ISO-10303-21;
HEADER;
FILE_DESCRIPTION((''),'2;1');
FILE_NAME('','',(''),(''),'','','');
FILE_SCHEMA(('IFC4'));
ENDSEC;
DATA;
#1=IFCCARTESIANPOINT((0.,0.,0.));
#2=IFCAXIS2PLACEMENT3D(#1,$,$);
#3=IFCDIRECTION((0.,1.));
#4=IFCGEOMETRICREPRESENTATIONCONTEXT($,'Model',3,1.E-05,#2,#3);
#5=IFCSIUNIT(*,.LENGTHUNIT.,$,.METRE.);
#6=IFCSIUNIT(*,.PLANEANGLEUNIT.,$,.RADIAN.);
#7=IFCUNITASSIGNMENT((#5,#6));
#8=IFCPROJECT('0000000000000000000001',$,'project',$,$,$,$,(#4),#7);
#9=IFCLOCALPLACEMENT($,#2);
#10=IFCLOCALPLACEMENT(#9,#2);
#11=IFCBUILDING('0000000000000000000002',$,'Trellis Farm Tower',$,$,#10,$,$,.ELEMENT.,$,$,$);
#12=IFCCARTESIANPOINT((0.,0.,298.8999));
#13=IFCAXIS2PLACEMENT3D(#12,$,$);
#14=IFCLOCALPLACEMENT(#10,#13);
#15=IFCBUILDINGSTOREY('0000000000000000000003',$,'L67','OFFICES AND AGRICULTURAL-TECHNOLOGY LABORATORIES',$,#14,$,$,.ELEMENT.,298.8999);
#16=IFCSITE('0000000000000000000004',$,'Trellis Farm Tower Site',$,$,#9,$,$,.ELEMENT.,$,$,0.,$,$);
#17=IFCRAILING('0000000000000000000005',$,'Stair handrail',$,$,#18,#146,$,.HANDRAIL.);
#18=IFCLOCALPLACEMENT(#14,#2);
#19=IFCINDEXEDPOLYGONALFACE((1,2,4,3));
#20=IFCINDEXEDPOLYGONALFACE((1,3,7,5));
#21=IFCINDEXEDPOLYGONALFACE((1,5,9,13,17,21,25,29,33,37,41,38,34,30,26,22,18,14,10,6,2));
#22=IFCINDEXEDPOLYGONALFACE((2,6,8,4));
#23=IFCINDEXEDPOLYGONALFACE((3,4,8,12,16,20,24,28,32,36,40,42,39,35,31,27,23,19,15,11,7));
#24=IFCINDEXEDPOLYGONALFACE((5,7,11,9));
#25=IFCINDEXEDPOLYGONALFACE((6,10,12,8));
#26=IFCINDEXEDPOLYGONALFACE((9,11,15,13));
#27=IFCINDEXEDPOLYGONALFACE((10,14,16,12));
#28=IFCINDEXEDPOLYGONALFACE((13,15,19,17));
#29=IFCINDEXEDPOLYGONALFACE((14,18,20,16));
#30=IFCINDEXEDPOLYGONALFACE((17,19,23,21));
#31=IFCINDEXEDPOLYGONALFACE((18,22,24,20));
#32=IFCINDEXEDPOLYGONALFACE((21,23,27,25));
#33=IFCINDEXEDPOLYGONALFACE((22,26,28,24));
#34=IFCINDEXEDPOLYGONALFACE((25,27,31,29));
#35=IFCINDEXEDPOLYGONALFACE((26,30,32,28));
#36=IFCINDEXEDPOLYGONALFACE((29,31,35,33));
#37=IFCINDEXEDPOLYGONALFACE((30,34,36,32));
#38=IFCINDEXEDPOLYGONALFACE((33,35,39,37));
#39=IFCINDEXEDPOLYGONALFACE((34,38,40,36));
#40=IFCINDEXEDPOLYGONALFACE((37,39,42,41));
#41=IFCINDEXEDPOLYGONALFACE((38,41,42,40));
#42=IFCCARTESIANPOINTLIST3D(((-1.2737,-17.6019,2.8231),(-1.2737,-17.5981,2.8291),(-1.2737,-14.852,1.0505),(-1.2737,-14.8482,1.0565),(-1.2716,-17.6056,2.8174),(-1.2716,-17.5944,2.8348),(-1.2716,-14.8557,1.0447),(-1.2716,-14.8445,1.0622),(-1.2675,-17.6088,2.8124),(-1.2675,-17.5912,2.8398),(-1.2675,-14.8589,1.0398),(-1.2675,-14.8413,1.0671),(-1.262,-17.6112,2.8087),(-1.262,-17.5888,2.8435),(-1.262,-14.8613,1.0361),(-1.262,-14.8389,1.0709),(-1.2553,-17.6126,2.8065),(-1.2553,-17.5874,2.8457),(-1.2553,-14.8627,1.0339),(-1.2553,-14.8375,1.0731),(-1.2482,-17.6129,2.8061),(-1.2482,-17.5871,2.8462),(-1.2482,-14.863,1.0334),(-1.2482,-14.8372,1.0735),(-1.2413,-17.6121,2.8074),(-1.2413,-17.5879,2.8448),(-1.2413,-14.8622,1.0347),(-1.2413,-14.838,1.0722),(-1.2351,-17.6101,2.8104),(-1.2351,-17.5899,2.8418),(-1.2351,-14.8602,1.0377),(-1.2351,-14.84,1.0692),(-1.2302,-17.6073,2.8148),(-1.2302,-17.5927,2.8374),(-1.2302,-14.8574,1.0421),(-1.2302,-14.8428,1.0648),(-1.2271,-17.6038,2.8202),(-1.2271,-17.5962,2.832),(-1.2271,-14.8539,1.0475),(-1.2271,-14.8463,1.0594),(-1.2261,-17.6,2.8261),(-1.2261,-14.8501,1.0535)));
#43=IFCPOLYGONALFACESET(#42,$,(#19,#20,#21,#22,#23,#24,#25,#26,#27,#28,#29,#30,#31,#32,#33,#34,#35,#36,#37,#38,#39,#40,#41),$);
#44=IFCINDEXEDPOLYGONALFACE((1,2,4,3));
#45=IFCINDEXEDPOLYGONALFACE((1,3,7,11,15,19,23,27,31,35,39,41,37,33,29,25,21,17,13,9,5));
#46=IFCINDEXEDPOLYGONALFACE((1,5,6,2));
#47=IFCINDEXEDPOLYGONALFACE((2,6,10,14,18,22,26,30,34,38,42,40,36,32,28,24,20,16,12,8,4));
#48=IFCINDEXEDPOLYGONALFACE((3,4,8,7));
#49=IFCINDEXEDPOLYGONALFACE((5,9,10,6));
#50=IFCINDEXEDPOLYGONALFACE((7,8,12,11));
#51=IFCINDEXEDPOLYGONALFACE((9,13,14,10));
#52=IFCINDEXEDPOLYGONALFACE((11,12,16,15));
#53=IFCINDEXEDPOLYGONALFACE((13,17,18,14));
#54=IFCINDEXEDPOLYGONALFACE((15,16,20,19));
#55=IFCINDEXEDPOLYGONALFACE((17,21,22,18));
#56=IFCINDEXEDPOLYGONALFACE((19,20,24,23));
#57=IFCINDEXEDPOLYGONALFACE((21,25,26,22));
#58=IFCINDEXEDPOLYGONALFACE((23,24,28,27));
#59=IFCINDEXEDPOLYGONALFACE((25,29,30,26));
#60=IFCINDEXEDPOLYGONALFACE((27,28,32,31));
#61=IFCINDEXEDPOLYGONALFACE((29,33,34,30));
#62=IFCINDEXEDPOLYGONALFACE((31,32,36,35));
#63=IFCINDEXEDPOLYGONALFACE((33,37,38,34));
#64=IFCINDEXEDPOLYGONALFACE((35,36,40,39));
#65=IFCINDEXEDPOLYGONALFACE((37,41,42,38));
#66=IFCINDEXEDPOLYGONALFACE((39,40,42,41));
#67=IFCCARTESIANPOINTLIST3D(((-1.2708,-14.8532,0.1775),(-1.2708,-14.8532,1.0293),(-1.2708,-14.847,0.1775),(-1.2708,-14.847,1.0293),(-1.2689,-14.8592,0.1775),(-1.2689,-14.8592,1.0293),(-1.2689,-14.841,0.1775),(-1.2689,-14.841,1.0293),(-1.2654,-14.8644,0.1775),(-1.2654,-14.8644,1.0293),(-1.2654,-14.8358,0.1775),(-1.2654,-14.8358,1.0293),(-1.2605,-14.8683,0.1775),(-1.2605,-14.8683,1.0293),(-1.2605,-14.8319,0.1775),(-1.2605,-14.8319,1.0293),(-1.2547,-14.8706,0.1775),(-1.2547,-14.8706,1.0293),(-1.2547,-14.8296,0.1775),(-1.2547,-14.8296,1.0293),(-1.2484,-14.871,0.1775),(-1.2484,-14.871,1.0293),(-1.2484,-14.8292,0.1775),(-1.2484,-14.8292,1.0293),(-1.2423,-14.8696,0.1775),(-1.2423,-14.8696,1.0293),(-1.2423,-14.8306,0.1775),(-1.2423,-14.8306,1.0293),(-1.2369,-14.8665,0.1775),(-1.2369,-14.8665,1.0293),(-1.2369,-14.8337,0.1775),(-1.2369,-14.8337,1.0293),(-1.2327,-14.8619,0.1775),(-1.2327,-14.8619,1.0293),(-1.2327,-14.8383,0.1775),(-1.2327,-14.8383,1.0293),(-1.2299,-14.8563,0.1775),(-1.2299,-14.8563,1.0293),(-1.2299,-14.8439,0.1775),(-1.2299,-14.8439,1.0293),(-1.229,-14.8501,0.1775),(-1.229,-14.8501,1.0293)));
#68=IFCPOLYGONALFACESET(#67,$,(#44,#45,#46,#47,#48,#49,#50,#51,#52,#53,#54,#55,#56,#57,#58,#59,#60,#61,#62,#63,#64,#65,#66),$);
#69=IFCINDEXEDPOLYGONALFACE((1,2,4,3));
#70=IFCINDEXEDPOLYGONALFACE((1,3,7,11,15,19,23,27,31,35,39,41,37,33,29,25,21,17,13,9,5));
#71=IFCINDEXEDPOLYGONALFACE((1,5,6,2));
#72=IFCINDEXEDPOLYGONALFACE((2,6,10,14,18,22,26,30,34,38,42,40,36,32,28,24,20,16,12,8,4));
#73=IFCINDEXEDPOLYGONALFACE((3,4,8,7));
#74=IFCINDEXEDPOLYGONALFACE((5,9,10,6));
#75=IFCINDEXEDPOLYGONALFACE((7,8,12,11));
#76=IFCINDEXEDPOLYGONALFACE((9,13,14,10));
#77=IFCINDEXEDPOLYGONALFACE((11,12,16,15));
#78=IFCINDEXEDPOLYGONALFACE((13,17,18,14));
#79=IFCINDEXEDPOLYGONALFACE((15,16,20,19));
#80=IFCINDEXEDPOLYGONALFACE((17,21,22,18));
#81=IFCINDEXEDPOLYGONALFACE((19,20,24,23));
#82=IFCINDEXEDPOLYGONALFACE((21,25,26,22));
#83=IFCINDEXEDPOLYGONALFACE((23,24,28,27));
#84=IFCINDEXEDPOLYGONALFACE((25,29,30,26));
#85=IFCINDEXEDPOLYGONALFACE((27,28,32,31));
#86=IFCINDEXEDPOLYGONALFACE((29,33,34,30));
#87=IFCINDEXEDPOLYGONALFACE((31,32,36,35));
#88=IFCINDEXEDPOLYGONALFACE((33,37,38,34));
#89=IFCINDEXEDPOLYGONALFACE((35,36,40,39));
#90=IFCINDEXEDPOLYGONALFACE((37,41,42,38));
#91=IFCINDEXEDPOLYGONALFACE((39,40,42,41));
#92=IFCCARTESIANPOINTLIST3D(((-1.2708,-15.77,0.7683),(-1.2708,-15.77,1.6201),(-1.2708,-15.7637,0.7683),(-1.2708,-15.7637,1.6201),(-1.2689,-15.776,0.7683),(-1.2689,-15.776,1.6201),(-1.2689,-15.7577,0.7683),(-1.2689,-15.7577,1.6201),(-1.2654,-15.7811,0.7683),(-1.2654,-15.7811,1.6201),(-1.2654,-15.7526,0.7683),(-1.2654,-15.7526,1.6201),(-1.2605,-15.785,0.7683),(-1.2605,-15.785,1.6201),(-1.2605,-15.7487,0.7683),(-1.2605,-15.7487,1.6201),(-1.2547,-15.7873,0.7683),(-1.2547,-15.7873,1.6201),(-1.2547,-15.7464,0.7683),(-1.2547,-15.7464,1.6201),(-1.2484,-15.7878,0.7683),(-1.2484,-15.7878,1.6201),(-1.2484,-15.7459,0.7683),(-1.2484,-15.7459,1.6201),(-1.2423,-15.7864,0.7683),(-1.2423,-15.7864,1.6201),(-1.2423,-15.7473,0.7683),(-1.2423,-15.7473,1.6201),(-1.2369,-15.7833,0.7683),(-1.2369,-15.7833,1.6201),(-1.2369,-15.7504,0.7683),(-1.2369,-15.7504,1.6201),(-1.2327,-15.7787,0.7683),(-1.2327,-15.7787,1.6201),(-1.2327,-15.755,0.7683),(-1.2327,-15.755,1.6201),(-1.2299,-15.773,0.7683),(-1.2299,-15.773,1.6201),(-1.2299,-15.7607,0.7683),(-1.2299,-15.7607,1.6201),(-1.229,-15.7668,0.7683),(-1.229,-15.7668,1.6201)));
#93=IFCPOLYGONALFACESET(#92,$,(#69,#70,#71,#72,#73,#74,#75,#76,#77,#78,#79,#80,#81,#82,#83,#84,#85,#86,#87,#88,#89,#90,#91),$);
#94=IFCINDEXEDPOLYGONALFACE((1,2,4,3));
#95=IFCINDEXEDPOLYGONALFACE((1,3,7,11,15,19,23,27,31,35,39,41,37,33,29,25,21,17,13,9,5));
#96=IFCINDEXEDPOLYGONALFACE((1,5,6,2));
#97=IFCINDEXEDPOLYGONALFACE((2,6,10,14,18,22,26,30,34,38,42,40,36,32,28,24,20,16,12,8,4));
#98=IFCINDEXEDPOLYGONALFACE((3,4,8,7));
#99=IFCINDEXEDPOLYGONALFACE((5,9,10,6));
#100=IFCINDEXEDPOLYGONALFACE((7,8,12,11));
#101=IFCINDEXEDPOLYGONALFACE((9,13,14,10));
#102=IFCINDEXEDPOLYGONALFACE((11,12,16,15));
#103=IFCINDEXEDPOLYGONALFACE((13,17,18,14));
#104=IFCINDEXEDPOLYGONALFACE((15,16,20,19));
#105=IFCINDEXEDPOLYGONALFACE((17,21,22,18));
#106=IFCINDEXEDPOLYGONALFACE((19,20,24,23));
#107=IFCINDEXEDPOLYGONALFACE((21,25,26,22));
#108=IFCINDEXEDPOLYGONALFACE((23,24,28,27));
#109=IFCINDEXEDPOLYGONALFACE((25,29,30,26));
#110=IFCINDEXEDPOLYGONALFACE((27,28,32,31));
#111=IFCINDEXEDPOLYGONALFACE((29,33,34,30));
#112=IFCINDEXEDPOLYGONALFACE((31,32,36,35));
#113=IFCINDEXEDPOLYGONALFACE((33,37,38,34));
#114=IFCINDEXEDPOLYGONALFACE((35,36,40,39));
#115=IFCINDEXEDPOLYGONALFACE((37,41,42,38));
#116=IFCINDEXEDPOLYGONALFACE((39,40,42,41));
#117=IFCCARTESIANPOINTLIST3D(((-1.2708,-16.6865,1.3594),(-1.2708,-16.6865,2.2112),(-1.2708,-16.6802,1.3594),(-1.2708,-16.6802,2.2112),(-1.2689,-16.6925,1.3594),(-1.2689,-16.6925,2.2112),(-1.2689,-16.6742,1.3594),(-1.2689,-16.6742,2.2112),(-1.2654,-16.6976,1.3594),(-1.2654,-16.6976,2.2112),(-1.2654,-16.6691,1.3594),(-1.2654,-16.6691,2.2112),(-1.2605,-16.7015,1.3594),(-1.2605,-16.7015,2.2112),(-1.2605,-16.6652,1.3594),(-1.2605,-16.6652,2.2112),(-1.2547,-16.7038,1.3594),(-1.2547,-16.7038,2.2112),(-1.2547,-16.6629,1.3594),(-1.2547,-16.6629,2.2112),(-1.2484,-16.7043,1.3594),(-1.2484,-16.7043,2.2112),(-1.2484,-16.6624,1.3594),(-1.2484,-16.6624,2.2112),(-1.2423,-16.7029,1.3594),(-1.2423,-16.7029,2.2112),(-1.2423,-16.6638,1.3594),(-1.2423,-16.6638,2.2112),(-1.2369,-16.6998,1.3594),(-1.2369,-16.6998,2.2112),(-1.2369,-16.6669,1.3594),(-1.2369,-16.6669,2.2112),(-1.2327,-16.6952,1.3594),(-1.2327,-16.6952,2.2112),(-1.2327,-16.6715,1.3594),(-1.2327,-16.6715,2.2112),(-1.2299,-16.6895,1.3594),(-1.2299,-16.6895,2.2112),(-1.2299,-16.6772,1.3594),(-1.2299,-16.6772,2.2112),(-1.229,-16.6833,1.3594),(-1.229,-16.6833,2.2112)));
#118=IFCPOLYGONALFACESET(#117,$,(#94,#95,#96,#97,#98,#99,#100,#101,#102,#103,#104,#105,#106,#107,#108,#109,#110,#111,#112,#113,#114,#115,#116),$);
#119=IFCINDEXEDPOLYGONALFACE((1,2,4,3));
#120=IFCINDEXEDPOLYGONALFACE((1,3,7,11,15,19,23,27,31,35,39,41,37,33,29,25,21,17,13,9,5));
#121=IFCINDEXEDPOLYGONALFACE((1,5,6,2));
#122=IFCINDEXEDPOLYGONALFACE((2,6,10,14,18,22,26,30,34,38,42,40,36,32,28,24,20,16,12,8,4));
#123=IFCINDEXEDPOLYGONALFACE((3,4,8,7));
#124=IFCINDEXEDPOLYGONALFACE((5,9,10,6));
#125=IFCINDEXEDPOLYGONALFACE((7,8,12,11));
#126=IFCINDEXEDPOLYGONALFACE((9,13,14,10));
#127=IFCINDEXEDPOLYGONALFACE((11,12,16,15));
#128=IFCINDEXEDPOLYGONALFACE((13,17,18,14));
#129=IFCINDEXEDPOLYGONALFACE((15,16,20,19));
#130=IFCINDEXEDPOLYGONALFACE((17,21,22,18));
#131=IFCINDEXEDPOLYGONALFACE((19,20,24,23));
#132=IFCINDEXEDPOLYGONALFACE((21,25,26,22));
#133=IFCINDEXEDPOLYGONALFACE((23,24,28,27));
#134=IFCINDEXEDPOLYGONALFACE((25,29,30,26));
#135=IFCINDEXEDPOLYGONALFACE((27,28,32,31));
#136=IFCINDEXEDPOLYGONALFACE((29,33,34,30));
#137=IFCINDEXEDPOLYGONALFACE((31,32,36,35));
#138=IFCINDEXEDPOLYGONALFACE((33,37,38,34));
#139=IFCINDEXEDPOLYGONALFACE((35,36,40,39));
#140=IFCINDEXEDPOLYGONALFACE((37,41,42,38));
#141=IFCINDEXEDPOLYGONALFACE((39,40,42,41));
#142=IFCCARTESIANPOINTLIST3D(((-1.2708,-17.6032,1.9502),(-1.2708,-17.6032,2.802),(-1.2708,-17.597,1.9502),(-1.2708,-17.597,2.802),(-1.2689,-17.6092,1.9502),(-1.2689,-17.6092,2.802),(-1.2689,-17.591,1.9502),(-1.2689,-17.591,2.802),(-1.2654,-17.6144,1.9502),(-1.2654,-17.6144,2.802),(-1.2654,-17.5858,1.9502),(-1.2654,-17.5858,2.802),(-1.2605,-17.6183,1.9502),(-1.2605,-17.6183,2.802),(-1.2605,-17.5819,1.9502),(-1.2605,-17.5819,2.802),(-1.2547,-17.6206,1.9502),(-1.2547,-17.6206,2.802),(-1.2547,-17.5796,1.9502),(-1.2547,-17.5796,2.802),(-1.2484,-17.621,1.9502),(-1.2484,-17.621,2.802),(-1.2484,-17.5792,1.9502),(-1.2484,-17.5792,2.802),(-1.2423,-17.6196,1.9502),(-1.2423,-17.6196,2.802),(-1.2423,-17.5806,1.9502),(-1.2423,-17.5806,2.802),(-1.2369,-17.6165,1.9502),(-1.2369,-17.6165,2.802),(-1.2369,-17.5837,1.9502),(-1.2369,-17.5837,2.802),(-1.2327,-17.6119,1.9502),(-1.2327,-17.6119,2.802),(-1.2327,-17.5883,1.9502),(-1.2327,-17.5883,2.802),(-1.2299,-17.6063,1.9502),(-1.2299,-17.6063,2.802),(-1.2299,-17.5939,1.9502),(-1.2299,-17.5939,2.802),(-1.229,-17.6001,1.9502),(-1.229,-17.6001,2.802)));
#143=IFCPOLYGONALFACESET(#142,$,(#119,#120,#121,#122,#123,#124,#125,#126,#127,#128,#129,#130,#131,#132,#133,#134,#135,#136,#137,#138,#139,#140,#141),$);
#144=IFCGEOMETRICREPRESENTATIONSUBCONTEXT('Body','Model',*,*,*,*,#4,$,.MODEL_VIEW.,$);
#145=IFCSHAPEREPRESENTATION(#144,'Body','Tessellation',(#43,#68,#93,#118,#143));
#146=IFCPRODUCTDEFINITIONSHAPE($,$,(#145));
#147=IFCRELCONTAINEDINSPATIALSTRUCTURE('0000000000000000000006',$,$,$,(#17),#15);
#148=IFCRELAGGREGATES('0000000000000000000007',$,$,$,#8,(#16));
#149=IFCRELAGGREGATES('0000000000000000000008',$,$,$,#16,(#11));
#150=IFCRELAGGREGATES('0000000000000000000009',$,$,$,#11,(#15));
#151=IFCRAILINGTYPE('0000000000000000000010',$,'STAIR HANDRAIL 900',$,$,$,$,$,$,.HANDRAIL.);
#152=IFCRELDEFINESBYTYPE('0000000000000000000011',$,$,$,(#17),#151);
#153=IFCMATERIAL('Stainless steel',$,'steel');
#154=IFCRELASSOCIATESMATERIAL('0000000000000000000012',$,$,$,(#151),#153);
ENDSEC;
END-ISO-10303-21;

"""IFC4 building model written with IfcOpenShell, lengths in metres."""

from ifc_helpers import new_model, si_unit, direction, frame, origin, origin_2d, place, context, subcontext, project, spatial, circle, extrude, source, transform, mapped, material, type_object, element, save


model = new_model("IFC4")

# Units and contexts
model_context = context("Model", 3, precision=1e-05, world=origin(), true_north=direction((0.0, 1.0)))
body_context = subcontext(model_context, "Body", "Model", "MODEL_VIEW")
ifc_project = project(units=[si_unit("LENGTHUNIT", "METRE"), si_unit("PLANEANGLEUNIT", "RADIAN")], contexts=[model_context])

# Site, building, storey
site_placement = place(None, origin())
site = spatial("IfcSite", under=ifc_project, at=site_placement, Name="Trellis Farm Tower Site", CompositionType="ELEMENT", RefElevation=0.0)
building_placement = place(site_placement, origin())
building = spatial("IfcBuilding", under=site, at=building_placement, Name="Trellis Farm Tower", CompositionType="ELEMENT")
storey_placement = place(building_placement, frame((0.0, 0.0, 298.8999)))
storey = spatial("IfcBuildingStorey", under=building, at=storey_placement, Name="L67", Description="OFFICES AND AGRICULTURAL-TECHNOLOGY LABORATORIES", CompositionType="ELEMENT", Elevation=298.8999)

# Railing
ifc_material_1 = material(Name="Stainless steel", Category="steel")
railing_type = type_object("IfcRailingType", Name="STAIR HANDRAIL 900", PredefinedType="HANDRAIL", material=ifc_material_1)
shared_shape_1 = source(origin(), body_context, "Body", "SweptSolid", [
    extrude(circle(Radius=0.0239, at=origin_2d()), frame((0.0, 0.0, 0.876), z_axis=(0.0, -0.840504, 0.541806), x_axis=(1.0, 0.0, 0.0)), (0.0, 0.0, 1.0), 3.2717),
    extrude(circle(Radius=0.021, at=origin_2d()), origin(), (0.0, 0.0, 1.0), 0.8518),
    extrude(circle(Radius=0.021, at=origin_2d()), frame((0.0, -0.9167, 0.5908)), (0.0, 0.0, 1.0), 0.8518),
    extrude(circle(Radius=0.021, at=origin_2d()), frame((0.0, -1.8333, 1.1819)), (0.0, 0.0, 1.0), 0.8518),
    extrude(circle(Radius=0.021, at=origin_2d()), frame((0.0, -2.75, 1.7727)), (0.0, 0.0, 1.0), 0.8518),
])
railing_placement = place(storey_placement, frame((-1.25, -14.8501, 0.1775)))
element("IfcRailing", 1, at=railing_placement, inside=storey, type_object=railing_type, Name="Stair handrail", PredefinedType="HANDRAIL", context=body_context, shape_type="MappedRepresentation", body=[
    mapped(shared_shape_1, transform((0.0, 0.0, 0.0))),
])

save(model, "model.ifc")
